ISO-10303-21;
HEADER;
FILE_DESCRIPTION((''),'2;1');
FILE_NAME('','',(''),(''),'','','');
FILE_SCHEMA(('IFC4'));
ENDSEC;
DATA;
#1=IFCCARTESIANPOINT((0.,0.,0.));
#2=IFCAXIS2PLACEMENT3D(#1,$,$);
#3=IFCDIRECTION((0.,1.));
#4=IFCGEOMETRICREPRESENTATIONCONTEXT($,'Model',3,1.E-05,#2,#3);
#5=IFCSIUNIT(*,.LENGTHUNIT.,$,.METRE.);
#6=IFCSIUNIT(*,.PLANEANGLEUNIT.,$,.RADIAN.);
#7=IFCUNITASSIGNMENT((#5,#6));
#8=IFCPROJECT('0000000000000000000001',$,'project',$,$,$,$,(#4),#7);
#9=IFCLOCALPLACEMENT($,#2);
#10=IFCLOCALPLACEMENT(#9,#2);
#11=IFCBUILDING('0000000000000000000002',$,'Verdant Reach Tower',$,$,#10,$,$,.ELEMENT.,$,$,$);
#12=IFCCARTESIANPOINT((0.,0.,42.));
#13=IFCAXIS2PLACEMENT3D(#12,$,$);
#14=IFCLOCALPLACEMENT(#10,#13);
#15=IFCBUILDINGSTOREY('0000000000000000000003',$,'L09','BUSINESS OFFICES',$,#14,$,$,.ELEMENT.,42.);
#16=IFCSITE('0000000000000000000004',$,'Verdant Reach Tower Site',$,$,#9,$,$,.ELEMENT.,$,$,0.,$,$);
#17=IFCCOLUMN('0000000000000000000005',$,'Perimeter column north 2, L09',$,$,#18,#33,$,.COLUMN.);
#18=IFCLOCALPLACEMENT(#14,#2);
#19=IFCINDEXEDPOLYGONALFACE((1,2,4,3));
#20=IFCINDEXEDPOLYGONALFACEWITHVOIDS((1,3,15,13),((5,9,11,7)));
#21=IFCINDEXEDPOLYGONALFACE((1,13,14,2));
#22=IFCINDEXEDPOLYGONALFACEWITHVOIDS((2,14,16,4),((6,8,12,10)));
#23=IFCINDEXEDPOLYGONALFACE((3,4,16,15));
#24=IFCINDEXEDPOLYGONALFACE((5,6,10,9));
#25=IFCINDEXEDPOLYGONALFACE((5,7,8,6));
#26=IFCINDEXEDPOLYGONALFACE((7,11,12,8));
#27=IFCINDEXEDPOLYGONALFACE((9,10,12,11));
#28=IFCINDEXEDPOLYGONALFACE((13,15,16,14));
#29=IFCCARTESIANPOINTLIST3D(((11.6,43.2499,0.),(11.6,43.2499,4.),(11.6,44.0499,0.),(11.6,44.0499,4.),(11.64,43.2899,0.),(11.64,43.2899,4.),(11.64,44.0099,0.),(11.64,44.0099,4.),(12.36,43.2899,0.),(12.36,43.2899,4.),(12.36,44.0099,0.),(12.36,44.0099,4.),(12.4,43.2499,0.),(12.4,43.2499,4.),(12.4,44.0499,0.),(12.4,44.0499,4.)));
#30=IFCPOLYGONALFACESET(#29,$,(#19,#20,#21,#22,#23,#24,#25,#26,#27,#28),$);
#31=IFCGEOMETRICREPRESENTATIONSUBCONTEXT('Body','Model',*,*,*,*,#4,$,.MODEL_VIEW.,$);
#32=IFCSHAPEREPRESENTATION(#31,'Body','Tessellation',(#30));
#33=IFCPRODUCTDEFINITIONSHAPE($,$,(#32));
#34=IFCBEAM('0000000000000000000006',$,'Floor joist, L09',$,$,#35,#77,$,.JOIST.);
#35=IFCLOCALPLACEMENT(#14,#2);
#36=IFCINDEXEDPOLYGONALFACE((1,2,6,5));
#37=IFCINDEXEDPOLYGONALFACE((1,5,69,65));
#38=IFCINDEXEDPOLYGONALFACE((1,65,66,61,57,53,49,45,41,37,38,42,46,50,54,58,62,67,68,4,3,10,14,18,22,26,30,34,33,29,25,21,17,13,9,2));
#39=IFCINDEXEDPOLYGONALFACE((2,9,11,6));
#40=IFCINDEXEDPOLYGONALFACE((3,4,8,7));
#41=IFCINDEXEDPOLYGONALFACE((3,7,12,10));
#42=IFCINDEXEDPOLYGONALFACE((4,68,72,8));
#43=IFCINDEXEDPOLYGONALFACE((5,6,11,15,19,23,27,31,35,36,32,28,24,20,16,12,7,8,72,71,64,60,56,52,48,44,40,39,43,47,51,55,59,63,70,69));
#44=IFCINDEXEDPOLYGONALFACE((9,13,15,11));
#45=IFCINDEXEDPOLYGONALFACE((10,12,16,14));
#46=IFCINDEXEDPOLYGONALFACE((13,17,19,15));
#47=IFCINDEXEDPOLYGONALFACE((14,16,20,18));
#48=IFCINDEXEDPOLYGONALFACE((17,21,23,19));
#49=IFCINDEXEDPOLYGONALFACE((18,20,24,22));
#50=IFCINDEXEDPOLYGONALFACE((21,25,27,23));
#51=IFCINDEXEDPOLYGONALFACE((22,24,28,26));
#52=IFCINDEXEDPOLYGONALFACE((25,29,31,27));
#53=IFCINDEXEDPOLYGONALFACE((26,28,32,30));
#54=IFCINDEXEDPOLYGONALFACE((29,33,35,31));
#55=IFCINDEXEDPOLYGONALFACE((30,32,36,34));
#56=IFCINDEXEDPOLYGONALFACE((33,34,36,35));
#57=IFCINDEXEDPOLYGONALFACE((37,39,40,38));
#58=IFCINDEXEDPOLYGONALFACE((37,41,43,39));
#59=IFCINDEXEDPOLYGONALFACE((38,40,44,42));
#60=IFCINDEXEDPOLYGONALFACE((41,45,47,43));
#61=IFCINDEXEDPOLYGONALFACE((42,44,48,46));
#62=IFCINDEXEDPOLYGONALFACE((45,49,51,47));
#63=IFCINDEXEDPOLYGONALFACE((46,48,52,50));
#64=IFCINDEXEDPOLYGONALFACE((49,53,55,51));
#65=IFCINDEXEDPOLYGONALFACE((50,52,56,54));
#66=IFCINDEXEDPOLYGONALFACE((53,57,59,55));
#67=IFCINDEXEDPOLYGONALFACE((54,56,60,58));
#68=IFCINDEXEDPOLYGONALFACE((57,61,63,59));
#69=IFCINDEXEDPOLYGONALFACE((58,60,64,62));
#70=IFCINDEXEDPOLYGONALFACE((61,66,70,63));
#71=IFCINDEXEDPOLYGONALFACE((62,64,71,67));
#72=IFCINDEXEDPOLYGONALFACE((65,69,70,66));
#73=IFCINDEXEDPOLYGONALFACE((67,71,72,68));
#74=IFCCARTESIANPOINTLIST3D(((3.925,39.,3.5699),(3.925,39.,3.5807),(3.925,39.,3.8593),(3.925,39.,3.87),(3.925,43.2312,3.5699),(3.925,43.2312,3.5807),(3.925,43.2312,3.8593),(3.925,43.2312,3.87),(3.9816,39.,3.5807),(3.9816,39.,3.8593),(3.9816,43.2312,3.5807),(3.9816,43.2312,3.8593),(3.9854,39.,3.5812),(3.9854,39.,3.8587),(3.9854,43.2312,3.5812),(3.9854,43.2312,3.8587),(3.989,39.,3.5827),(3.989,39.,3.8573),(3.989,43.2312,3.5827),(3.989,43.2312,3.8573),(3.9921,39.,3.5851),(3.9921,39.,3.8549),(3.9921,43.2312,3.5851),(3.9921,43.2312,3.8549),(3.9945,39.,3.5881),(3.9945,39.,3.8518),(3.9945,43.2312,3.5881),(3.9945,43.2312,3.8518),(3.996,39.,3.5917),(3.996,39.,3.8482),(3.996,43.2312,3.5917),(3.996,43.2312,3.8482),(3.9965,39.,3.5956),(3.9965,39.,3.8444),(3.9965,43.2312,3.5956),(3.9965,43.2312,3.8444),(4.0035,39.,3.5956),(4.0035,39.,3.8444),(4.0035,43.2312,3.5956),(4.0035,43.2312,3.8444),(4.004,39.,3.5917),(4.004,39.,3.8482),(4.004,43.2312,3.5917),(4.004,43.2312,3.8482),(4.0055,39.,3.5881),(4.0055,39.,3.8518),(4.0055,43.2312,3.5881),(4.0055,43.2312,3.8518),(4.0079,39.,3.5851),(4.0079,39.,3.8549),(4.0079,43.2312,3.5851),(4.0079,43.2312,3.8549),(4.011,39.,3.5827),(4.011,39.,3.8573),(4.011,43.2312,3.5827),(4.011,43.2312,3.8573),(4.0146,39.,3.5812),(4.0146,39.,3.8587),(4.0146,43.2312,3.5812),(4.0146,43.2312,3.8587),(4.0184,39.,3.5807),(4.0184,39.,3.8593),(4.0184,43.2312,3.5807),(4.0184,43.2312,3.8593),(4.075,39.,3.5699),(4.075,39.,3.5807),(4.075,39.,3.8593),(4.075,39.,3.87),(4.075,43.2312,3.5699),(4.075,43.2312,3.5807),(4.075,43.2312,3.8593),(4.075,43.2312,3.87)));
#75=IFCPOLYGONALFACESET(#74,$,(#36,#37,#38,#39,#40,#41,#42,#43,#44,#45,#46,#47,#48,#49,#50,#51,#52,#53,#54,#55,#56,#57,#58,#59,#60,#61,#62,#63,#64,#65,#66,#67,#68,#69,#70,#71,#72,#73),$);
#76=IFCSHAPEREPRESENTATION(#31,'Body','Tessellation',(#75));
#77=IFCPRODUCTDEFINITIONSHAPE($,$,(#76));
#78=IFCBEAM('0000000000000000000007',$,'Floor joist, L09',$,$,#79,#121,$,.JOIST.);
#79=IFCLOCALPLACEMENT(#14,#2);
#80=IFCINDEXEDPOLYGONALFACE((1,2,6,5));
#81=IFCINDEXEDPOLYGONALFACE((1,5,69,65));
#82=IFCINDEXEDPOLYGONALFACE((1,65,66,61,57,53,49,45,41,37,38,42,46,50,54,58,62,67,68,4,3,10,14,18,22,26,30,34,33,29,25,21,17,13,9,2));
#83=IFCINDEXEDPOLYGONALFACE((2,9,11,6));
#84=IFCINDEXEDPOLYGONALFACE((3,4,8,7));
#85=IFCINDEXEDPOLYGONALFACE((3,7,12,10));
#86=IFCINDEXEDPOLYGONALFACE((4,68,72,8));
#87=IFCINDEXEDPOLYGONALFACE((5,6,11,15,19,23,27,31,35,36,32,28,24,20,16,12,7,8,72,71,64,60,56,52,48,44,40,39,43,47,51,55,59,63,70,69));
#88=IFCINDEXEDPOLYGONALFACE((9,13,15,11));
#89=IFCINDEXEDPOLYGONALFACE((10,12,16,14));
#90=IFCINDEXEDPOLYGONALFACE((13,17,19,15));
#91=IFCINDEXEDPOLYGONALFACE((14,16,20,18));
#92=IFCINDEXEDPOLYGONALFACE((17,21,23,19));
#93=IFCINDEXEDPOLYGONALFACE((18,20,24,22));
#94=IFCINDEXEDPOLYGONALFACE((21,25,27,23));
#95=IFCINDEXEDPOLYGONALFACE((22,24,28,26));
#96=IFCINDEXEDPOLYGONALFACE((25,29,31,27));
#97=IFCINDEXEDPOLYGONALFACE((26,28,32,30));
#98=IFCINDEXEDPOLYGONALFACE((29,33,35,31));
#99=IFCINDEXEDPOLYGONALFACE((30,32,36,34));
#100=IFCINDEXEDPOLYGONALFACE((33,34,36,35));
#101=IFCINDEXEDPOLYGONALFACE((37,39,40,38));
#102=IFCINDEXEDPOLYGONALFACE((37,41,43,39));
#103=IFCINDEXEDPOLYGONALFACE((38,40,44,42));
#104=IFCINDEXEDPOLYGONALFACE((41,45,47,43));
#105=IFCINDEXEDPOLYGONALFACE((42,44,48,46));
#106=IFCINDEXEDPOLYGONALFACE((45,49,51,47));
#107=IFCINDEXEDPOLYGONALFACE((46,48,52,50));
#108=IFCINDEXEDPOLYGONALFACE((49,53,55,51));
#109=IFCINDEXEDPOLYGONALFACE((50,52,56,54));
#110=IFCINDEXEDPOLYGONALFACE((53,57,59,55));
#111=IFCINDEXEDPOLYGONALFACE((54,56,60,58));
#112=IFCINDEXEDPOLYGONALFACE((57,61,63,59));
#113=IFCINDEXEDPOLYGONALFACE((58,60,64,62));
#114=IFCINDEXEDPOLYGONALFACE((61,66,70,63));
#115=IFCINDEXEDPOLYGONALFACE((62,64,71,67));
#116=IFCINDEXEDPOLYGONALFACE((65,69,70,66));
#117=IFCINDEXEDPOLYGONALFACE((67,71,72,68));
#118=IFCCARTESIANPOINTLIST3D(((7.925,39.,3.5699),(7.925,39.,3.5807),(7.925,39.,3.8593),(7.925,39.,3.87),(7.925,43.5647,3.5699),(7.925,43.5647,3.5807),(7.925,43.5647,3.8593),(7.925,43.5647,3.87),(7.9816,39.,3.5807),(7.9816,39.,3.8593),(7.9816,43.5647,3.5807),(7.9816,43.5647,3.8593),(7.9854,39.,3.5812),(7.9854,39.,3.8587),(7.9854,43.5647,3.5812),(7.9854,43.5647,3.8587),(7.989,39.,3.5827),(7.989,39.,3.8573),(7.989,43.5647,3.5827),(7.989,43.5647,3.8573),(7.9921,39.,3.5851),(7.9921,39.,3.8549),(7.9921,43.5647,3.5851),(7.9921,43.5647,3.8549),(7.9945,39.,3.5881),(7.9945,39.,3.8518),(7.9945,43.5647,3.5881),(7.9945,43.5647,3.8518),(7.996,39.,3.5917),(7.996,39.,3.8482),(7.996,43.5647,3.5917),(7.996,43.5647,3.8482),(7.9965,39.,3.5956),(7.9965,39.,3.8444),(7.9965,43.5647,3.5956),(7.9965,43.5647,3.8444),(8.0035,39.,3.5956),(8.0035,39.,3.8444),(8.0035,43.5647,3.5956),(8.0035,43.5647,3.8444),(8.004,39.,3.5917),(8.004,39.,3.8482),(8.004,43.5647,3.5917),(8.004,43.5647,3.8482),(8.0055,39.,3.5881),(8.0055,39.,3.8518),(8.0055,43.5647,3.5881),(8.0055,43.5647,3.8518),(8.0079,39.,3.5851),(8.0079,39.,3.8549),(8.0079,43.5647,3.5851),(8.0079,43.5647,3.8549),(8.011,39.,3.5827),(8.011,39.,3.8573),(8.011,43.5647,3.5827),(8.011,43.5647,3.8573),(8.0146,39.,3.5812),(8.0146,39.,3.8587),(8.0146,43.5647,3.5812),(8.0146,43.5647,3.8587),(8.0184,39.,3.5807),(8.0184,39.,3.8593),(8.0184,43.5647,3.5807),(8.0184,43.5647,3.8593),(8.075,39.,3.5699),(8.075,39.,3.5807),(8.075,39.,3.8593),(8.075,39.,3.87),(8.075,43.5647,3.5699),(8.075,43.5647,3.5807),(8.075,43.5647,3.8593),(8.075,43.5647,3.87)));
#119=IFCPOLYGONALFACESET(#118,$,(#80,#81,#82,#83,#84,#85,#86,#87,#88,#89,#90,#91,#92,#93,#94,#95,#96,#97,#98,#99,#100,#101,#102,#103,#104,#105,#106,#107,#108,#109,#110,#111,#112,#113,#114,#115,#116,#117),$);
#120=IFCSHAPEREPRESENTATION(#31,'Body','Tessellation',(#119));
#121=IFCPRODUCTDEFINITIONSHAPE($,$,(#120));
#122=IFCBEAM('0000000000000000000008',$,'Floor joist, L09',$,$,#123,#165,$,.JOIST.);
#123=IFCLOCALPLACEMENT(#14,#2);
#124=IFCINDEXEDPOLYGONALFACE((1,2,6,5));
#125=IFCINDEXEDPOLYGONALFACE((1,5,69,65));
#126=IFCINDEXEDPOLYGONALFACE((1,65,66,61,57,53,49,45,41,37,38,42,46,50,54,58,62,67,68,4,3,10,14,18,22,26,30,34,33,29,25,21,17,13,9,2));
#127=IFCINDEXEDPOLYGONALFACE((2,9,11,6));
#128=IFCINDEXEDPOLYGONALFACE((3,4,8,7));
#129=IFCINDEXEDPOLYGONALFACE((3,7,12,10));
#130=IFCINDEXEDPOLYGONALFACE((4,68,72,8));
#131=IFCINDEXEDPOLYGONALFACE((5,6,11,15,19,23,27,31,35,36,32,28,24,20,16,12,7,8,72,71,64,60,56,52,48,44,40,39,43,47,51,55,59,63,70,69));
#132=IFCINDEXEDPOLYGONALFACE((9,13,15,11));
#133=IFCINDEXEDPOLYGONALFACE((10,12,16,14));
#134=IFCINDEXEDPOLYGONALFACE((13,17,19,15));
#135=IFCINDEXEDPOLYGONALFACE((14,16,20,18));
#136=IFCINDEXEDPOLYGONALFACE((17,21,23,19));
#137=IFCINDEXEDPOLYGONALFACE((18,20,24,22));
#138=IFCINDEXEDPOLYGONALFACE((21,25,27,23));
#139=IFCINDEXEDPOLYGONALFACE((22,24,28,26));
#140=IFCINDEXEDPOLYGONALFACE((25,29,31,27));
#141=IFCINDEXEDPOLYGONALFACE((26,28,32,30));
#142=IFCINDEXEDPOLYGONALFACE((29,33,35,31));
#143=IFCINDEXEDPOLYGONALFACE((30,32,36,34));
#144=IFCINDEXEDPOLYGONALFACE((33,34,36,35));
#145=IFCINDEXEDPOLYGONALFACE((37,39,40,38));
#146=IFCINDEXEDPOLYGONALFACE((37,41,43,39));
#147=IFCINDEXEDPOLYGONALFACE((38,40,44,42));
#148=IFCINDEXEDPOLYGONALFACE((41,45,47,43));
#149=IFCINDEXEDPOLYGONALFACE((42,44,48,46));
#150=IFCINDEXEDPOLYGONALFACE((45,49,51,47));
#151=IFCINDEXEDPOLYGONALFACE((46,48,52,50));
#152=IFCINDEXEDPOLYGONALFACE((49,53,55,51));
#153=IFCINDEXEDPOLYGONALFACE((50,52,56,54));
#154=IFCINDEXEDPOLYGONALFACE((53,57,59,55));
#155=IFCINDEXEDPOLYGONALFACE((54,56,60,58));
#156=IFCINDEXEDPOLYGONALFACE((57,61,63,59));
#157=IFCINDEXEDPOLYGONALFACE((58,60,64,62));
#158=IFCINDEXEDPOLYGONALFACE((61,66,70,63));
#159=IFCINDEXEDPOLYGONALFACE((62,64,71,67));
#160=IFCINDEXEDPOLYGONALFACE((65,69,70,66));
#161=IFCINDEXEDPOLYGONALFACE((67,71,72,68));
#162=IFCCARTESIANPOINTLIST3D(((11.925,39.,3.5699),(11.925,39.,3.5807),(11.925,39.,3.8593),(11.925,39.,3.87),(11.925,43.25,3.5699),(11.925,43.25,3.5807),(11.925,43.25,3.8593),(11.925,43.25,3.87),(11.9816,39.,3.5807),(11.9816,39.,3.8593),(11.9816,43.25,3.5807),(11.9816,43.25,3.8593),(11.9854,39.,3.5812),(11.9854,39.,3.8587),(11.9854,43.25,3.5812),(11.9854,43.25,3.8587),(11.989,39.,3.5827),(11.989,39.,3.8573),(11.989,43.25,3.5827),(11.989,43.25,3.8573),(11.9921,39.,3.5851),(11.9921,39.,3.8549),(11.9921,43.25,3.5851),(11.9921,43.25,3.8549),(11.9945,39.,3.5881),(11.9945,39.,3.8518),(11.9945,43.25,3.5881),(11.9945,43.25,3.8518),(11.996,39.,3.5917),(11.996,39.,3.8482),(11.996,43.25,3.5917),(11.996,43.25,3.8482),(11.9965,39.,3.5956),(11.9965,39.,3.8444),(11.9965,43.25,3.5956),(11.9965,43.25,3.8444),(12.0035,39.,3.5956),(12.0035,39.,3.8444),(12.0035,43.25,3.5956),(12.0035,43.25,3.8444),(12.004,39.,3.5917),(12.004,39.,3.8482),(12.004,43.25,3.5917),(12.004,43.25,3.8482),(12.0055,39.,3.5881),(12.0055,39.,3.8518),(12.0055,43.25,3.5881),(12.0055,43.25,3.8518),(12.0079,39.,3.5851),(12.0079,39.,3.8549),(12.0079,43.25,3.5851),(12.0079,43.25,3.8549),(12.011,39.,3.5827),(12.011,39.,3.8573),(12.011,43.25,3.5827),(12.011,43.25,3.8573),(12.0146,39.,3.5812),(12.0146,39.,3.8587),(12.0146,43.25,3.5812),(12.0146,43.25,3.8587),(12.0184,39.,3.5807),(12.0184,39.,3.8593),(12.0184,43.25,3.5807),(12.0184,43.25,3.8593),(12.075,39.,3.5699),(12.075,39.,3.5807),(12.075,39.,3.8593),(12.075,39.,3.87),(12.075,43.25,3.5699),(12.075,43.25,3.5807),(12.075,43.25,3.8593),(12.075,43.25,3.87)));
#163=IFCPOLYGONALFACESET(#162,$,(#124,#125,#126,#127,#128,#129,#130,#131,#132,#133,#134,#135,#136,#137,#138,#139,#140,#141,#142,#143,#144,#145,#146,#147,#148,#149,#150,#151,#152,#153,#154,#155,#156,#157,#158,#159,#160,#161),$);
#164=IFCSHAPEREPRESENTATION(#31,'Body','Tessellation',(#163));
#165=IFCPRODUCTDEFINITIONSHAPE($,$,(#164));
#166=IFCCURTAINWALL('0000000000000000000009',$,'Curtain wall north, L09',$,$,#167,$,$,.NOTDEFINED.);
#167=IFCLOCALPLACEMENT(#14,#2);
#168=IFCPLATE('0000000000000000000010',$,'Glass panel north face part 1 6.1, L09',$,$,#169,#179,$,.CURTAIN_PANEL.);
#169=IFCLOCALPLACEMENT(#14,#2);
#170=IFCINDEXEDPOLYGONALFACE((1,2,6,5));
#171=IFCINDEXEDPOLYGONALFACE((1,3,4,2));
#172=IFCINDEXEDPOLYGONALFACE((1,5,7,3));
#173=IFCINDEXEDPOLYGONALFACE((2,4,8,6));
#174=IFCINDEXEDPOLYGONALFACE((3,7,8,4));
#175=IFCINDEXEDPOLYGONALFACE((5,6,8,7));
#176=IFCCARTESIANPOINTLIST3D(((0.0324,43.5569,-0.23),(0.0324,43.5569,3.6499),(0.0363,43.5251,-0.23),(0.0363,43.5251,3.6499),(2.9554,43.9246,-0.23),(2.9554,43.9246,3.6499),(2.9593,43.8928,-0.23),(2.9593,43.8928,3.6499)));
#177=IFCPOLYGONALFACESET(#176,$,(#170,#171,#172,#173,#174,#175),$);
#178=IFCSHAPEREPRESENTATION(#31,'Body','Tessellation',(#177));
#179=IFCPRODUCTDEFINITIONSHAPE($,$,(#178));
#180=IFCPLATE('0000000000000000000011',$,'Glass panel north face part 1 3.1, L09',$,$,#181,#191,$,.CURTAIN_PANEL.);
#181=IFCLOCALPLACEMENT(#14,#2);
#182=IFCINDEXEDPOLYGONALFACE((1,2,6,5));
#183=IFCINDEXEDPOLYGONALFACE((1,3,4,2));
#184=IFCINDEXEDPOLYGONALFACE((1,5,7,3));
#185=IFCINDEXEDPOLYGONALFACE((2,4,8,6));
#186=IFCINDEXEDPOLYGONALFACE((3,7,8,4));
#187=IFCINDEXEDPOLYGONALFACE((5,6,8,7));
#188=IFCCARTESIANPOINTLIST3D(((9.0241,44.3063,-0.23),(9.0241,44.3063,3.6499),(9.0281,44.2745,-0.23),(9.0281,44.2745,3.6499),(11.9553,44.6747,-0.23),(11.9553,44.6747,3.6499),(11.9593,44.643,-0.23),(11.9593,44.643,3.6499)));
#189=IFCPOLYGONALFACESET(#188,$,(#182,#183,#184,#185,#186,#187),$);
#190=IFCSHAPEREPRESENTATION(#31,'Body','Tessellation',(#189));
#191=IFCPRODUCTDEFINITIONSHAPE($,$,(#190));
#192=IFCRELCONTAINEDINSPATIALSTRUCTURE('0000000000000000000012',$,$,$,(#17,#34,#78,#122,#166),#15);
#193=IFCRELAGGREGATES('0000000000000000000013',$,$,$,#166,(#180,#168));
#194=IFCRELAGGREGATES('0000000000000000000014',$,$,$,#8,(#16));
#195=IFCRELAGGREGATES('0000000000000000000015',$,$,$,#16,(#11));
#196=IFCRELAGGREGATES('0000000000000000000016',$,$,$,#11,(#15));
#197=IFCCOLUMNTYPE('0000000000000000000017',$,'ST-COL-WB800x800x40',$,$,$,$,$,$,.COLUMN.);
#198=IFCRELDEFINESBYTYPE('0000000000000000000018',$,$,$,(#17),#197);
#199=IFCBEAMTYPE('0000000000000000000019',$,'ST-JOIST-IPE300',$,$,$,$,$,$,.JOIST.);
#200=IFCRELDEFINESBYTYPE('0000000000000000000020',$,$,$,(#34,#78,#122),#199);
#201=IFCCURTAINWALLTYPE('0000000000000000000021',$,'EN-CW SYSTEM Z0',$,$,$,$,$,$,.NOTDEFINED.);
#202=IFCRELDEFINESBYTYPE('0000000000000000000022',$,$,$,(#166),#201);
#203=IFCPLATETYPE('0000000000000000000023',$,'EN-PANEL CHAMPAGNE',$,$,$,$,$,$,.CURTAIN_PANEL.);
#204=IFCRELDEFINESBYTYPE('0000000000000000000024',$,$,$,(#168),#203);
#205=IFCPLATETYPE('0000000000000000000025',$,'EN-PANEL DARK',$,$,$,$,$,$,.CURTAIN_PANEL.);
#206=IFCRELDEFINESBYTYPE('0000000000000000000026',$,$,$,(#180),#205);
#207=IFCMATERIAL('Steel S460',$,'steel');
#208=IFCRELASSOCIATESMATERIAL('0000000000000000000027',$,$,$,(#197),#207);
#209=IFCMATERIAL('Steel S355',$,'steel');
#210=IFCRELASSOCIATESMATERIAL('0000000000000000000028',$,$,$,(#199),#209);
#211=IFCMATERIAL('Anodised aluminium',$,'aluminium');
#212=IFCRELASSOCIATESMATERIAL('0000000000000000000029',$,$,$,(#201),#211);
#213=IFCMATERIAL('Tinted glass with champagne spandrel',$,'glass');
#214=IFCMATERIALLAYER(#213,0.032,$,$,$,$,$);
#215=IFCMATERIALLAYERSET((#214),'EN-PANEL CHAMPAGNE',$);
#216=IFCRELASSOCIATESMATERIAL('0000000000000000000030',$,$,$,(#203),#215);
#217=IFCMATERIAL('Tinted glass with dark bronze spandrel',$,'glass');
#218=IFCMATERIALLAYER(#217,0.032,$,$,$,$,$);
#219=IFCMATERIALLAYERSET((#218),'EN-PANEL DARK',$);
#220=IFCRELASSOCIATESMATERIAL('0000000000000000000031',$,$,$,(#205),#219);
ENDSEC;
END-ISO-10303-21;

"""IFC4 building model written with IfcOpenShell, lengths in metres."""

from ifc_helpers import new_model, si_unit, direction, frame, origin, origin_2d, place, context, subcontext, project, spatial, rectangle, hollow_rectangle, i_section, extrude, material, layer, layer_set, material_profile, profile_set, type_object, element, aggregate, save


model = new_model("IFC4")

# Units and contexts
model_context = context("Model", 3, precision=1e-05, world=origin(), true_north=direction((0.0, 1.0)))
body_context = subcontext(model_context, "Body", "Model", "MODEL_VIEW")
ifc_project = project(units=[si_unit("LENGTHUNIT", "METRE"), si_unit("PLANEANGLEUNIT", "RADIAN")], contexts=[model_context])

# Site, building, storey
site_placement = place(None, origin())
site = spatial("IfcSite", under=ifc_project, at=site_placement, Name="Verdant Reach Tower Site", CompositionType="ELEMENT", RefElevation=0.0)
building_placement = place(site_placement, origin())
building = spatial("IfcBuilding", under=site, at=building_placement, Name="Verdant Reach Tower", CompositionType="ELEMENT")
storey_placement = place(building_placement, frame((0.0, 0.0, 42.0)))
storey = spatial("IfcBuildingStorey", under=building, at=storey_placement, Name="L09", Description="BUSINESS OFFICES", CompositionType="ELEMENT", Elevation=42.0)

# Column
ifc_material_1 = material(Name="Steel S460", Category="steel")
ifc_material_profile_1 = material_profile(ifc_material_1, hollow_rectangle(XDim=0.8, YDim=0.8, WallThickness=0.04, at=origin_2d()), Name="WB 800x800x40")
ifc_profile_set_1 = profile_set([ifc_material_profile_1], Name="Steel S460")
column_type = type_object("IfcColumnType", Name="ST-COL-WB800x800x40", PredefinedType="COLUMN", material=ifc_profile_set_1)
column_placement = place(storey_placement, frame((12.0, 43.6499, 0.0), z_axis=(0.0, 0.0, 1.0), x_axis=(1.0, 0.0, 0.0)))
element("IfcColumn", 1, at=column_placement, inside=storey, type_object=column_type, Name="Perimeter column north 2, L09", PredefinedType="COLUMN", context=body_context, shape_type="SweptSolid", body=[
    extrude(hollow_rectangle(XDim=0.8, YDim=0.8, WallThickness=0.04, at=origin_2d()), origin(), (0.0, 0.0, 1.0), 4.0),
])

# Beams
ifc_material_2 = material(Name="Steel S355", Category="steel")
ifc_material_profile_2 = material_profile(ifc_material_2, i_section(OverallWidth=0.1499, OverallDepth=0.3, WebThickness=0.0071, FlangeThickness=0.0107, FilletRadius=0.0149, at=origin_2d()), Name="IPE 300")
ifc_profile_set_2 = profile_set([ifc_material_profile_2], Name="Steel S355")
beam_type = type_object("IfcBeamType", Name="ST-JOIST-IPE300", PredefinedType="JOIST", material=ifc_profile_set_2)
beam_1_placement = place(storey_placement, frame((4.0, 39.0, 3.72), z_axis=(0.0, 1.0, 0.0), x_axis=(-1.0, 0.0, 0.0)))
element("IfcBeam", 2, at=beam_1_placement, inside=storey, type_object=beam_type, Name="Floor joist, L09", PredefinedType="JOIST", context=body_context, shape_type="SweptSolid", body=[
    extrude(i_section(OverallWidth=0.1499, OverallDepth=0.3, WebThickness=0.0071, FlangeThickness=0.0107, FilletRadius=0.0149, at=origin_2d()), origin(), (0.0, 0.0, 1.0), 4.2312),
])
beam_2_placement = place(storey_placement, frame((8.0, 39.0, 3.72), z_axis=(0.0, 1.0, 0.0), x_axis=(-1.0, 0.0, 0.0)))
element("IfcBeam", 3, at=beam_2_placement, inside=storey, type_object=beam_type, Name="Floor joist, L09", PredefinedType="JOIST", context=body_context, shape_type="SweptSolid", body=[
    extrude(i_section(OverallWidth=0.1499, OverallDepth=0.3, WebThickness=0.0071, FlangeThickness=0.0107, FilletRadius=0.0149, at=origin_2d()), origin(), (0.0, 0.0, 1.0), 4.5647),
])
beam_3_placement = place(storey_placement, frame((12.0, 39.0, 3.72), z_axis=(0.0, 1.0, 0.0), x_axis=(-1.0, 0.0, 0.0)))
element("IfcBeam", 4, at=beam_3_placement, inside=storey, type_object=beam_type, Name="Floor joist, L09", PredefinedType="JOIST", context=body_context, shape_type="SweptSolid", body=[
    extrude(i_section(OverallWidth=0.1499, OverallDepth=0.3, WebThickness=0.0071, FlangeThickness=0.0107, FilletRadius=0.0149, at=origin_2d()), origin(), (0.0, 0.0, 1.0), 4.25),
])

# Curtain wall, plates
ifc_material_3 = material(Name="Anodised aluminium", Category="aluminium")
curtain_wall_type = type_object("IfcCurtainWallType", Name="EN-CW SYSTEM Z0", PredefinedType="NOTDEFINED", material=ifc_material_3)
curtain_wall_placement = place(storey_placement, origin())
curtain_wall = element("IfcCurtainWall", 5, at=curtain_wall_placement, inside=storey, type_object=curtain_wall_type, Name="Curtain wall north, L09", PredefinedType="NOTDEFINED")
ifc_material_4 = material(Name="Tinted glass with champagne spandrel", Category="glass")
ifc_layer_1 = layer(ifc_material_4, 0.032)
ifc_layer_set_1 = layer_set([ifc_layer_1], Name="EN-PANEL CHAMPAGNE")
plate_type_1 = type_object("IfcPlateType", Name="EN-PANEL CHAMPAGNE", PredefinedType="CURTAIN_PANEL", material=ifc_layer_set_1)
plate_1_placement = place(storey_placement, frame((1.4958, 43.7249, -0.23), z_axis=(0.0, 0.0, 1.0), x_axis=(-0.99218, -0.124818, 0.0)))
plate_1 = element("IfcPlate", 6, at=plate_1_placement, type_object=plate_type_1, Name="Glass panel north face part 1 6.1, L09", PredefinedType="CURTAIN_PANEL", context=body_context, shape_type="SweptSolid", body=[
    extrude(rectangle(XDim=2.946, YDim=0.032, at=origin_2d()), origin(), (0.0, 0.0, 1.0), 3.8799),
])
ifc_material_5 = material(Name="Tinted glass with dark bronze spandrel", Category="glass")
ifc_layer_2 = layer(ifc_material_5, 0.032)
ifc_layer_set_2 = layer_set([ifc_layer_2], Name="EN-PANEL DARK")
plate_type_2 = type_object("IfcPlateType", Name="EN-PANEL DARK", PredefinedType="CURTAIN_PANEL", material=ifc_layer_set_2)
plate_2_placement = place(storey_placement, frame((10.4917, 44.4746, -0.23), z_axis=(0.0, 0.0, 1.0), x_axis=(-0.992194, -0.124704, 0.0)))
plate_2 = element("IfcPlate", 7, at=plate_2_placement, type_object=plate_type_2, Name="Glass panel north face part 1 3.1, L09", PredefinedType="CURTAIN_PANEL", context=body_context, shape_type="SweptSolid", body=[
    extrude(rectangle(XDim=2.9543, YDim=0.032, at=origin_2d()), origin(), (0.0, 0.0, 1.0), 3.8799),
])
aggregate(curtain_wall, [plate_2, plate_1])

save(model, "model.ifc")
